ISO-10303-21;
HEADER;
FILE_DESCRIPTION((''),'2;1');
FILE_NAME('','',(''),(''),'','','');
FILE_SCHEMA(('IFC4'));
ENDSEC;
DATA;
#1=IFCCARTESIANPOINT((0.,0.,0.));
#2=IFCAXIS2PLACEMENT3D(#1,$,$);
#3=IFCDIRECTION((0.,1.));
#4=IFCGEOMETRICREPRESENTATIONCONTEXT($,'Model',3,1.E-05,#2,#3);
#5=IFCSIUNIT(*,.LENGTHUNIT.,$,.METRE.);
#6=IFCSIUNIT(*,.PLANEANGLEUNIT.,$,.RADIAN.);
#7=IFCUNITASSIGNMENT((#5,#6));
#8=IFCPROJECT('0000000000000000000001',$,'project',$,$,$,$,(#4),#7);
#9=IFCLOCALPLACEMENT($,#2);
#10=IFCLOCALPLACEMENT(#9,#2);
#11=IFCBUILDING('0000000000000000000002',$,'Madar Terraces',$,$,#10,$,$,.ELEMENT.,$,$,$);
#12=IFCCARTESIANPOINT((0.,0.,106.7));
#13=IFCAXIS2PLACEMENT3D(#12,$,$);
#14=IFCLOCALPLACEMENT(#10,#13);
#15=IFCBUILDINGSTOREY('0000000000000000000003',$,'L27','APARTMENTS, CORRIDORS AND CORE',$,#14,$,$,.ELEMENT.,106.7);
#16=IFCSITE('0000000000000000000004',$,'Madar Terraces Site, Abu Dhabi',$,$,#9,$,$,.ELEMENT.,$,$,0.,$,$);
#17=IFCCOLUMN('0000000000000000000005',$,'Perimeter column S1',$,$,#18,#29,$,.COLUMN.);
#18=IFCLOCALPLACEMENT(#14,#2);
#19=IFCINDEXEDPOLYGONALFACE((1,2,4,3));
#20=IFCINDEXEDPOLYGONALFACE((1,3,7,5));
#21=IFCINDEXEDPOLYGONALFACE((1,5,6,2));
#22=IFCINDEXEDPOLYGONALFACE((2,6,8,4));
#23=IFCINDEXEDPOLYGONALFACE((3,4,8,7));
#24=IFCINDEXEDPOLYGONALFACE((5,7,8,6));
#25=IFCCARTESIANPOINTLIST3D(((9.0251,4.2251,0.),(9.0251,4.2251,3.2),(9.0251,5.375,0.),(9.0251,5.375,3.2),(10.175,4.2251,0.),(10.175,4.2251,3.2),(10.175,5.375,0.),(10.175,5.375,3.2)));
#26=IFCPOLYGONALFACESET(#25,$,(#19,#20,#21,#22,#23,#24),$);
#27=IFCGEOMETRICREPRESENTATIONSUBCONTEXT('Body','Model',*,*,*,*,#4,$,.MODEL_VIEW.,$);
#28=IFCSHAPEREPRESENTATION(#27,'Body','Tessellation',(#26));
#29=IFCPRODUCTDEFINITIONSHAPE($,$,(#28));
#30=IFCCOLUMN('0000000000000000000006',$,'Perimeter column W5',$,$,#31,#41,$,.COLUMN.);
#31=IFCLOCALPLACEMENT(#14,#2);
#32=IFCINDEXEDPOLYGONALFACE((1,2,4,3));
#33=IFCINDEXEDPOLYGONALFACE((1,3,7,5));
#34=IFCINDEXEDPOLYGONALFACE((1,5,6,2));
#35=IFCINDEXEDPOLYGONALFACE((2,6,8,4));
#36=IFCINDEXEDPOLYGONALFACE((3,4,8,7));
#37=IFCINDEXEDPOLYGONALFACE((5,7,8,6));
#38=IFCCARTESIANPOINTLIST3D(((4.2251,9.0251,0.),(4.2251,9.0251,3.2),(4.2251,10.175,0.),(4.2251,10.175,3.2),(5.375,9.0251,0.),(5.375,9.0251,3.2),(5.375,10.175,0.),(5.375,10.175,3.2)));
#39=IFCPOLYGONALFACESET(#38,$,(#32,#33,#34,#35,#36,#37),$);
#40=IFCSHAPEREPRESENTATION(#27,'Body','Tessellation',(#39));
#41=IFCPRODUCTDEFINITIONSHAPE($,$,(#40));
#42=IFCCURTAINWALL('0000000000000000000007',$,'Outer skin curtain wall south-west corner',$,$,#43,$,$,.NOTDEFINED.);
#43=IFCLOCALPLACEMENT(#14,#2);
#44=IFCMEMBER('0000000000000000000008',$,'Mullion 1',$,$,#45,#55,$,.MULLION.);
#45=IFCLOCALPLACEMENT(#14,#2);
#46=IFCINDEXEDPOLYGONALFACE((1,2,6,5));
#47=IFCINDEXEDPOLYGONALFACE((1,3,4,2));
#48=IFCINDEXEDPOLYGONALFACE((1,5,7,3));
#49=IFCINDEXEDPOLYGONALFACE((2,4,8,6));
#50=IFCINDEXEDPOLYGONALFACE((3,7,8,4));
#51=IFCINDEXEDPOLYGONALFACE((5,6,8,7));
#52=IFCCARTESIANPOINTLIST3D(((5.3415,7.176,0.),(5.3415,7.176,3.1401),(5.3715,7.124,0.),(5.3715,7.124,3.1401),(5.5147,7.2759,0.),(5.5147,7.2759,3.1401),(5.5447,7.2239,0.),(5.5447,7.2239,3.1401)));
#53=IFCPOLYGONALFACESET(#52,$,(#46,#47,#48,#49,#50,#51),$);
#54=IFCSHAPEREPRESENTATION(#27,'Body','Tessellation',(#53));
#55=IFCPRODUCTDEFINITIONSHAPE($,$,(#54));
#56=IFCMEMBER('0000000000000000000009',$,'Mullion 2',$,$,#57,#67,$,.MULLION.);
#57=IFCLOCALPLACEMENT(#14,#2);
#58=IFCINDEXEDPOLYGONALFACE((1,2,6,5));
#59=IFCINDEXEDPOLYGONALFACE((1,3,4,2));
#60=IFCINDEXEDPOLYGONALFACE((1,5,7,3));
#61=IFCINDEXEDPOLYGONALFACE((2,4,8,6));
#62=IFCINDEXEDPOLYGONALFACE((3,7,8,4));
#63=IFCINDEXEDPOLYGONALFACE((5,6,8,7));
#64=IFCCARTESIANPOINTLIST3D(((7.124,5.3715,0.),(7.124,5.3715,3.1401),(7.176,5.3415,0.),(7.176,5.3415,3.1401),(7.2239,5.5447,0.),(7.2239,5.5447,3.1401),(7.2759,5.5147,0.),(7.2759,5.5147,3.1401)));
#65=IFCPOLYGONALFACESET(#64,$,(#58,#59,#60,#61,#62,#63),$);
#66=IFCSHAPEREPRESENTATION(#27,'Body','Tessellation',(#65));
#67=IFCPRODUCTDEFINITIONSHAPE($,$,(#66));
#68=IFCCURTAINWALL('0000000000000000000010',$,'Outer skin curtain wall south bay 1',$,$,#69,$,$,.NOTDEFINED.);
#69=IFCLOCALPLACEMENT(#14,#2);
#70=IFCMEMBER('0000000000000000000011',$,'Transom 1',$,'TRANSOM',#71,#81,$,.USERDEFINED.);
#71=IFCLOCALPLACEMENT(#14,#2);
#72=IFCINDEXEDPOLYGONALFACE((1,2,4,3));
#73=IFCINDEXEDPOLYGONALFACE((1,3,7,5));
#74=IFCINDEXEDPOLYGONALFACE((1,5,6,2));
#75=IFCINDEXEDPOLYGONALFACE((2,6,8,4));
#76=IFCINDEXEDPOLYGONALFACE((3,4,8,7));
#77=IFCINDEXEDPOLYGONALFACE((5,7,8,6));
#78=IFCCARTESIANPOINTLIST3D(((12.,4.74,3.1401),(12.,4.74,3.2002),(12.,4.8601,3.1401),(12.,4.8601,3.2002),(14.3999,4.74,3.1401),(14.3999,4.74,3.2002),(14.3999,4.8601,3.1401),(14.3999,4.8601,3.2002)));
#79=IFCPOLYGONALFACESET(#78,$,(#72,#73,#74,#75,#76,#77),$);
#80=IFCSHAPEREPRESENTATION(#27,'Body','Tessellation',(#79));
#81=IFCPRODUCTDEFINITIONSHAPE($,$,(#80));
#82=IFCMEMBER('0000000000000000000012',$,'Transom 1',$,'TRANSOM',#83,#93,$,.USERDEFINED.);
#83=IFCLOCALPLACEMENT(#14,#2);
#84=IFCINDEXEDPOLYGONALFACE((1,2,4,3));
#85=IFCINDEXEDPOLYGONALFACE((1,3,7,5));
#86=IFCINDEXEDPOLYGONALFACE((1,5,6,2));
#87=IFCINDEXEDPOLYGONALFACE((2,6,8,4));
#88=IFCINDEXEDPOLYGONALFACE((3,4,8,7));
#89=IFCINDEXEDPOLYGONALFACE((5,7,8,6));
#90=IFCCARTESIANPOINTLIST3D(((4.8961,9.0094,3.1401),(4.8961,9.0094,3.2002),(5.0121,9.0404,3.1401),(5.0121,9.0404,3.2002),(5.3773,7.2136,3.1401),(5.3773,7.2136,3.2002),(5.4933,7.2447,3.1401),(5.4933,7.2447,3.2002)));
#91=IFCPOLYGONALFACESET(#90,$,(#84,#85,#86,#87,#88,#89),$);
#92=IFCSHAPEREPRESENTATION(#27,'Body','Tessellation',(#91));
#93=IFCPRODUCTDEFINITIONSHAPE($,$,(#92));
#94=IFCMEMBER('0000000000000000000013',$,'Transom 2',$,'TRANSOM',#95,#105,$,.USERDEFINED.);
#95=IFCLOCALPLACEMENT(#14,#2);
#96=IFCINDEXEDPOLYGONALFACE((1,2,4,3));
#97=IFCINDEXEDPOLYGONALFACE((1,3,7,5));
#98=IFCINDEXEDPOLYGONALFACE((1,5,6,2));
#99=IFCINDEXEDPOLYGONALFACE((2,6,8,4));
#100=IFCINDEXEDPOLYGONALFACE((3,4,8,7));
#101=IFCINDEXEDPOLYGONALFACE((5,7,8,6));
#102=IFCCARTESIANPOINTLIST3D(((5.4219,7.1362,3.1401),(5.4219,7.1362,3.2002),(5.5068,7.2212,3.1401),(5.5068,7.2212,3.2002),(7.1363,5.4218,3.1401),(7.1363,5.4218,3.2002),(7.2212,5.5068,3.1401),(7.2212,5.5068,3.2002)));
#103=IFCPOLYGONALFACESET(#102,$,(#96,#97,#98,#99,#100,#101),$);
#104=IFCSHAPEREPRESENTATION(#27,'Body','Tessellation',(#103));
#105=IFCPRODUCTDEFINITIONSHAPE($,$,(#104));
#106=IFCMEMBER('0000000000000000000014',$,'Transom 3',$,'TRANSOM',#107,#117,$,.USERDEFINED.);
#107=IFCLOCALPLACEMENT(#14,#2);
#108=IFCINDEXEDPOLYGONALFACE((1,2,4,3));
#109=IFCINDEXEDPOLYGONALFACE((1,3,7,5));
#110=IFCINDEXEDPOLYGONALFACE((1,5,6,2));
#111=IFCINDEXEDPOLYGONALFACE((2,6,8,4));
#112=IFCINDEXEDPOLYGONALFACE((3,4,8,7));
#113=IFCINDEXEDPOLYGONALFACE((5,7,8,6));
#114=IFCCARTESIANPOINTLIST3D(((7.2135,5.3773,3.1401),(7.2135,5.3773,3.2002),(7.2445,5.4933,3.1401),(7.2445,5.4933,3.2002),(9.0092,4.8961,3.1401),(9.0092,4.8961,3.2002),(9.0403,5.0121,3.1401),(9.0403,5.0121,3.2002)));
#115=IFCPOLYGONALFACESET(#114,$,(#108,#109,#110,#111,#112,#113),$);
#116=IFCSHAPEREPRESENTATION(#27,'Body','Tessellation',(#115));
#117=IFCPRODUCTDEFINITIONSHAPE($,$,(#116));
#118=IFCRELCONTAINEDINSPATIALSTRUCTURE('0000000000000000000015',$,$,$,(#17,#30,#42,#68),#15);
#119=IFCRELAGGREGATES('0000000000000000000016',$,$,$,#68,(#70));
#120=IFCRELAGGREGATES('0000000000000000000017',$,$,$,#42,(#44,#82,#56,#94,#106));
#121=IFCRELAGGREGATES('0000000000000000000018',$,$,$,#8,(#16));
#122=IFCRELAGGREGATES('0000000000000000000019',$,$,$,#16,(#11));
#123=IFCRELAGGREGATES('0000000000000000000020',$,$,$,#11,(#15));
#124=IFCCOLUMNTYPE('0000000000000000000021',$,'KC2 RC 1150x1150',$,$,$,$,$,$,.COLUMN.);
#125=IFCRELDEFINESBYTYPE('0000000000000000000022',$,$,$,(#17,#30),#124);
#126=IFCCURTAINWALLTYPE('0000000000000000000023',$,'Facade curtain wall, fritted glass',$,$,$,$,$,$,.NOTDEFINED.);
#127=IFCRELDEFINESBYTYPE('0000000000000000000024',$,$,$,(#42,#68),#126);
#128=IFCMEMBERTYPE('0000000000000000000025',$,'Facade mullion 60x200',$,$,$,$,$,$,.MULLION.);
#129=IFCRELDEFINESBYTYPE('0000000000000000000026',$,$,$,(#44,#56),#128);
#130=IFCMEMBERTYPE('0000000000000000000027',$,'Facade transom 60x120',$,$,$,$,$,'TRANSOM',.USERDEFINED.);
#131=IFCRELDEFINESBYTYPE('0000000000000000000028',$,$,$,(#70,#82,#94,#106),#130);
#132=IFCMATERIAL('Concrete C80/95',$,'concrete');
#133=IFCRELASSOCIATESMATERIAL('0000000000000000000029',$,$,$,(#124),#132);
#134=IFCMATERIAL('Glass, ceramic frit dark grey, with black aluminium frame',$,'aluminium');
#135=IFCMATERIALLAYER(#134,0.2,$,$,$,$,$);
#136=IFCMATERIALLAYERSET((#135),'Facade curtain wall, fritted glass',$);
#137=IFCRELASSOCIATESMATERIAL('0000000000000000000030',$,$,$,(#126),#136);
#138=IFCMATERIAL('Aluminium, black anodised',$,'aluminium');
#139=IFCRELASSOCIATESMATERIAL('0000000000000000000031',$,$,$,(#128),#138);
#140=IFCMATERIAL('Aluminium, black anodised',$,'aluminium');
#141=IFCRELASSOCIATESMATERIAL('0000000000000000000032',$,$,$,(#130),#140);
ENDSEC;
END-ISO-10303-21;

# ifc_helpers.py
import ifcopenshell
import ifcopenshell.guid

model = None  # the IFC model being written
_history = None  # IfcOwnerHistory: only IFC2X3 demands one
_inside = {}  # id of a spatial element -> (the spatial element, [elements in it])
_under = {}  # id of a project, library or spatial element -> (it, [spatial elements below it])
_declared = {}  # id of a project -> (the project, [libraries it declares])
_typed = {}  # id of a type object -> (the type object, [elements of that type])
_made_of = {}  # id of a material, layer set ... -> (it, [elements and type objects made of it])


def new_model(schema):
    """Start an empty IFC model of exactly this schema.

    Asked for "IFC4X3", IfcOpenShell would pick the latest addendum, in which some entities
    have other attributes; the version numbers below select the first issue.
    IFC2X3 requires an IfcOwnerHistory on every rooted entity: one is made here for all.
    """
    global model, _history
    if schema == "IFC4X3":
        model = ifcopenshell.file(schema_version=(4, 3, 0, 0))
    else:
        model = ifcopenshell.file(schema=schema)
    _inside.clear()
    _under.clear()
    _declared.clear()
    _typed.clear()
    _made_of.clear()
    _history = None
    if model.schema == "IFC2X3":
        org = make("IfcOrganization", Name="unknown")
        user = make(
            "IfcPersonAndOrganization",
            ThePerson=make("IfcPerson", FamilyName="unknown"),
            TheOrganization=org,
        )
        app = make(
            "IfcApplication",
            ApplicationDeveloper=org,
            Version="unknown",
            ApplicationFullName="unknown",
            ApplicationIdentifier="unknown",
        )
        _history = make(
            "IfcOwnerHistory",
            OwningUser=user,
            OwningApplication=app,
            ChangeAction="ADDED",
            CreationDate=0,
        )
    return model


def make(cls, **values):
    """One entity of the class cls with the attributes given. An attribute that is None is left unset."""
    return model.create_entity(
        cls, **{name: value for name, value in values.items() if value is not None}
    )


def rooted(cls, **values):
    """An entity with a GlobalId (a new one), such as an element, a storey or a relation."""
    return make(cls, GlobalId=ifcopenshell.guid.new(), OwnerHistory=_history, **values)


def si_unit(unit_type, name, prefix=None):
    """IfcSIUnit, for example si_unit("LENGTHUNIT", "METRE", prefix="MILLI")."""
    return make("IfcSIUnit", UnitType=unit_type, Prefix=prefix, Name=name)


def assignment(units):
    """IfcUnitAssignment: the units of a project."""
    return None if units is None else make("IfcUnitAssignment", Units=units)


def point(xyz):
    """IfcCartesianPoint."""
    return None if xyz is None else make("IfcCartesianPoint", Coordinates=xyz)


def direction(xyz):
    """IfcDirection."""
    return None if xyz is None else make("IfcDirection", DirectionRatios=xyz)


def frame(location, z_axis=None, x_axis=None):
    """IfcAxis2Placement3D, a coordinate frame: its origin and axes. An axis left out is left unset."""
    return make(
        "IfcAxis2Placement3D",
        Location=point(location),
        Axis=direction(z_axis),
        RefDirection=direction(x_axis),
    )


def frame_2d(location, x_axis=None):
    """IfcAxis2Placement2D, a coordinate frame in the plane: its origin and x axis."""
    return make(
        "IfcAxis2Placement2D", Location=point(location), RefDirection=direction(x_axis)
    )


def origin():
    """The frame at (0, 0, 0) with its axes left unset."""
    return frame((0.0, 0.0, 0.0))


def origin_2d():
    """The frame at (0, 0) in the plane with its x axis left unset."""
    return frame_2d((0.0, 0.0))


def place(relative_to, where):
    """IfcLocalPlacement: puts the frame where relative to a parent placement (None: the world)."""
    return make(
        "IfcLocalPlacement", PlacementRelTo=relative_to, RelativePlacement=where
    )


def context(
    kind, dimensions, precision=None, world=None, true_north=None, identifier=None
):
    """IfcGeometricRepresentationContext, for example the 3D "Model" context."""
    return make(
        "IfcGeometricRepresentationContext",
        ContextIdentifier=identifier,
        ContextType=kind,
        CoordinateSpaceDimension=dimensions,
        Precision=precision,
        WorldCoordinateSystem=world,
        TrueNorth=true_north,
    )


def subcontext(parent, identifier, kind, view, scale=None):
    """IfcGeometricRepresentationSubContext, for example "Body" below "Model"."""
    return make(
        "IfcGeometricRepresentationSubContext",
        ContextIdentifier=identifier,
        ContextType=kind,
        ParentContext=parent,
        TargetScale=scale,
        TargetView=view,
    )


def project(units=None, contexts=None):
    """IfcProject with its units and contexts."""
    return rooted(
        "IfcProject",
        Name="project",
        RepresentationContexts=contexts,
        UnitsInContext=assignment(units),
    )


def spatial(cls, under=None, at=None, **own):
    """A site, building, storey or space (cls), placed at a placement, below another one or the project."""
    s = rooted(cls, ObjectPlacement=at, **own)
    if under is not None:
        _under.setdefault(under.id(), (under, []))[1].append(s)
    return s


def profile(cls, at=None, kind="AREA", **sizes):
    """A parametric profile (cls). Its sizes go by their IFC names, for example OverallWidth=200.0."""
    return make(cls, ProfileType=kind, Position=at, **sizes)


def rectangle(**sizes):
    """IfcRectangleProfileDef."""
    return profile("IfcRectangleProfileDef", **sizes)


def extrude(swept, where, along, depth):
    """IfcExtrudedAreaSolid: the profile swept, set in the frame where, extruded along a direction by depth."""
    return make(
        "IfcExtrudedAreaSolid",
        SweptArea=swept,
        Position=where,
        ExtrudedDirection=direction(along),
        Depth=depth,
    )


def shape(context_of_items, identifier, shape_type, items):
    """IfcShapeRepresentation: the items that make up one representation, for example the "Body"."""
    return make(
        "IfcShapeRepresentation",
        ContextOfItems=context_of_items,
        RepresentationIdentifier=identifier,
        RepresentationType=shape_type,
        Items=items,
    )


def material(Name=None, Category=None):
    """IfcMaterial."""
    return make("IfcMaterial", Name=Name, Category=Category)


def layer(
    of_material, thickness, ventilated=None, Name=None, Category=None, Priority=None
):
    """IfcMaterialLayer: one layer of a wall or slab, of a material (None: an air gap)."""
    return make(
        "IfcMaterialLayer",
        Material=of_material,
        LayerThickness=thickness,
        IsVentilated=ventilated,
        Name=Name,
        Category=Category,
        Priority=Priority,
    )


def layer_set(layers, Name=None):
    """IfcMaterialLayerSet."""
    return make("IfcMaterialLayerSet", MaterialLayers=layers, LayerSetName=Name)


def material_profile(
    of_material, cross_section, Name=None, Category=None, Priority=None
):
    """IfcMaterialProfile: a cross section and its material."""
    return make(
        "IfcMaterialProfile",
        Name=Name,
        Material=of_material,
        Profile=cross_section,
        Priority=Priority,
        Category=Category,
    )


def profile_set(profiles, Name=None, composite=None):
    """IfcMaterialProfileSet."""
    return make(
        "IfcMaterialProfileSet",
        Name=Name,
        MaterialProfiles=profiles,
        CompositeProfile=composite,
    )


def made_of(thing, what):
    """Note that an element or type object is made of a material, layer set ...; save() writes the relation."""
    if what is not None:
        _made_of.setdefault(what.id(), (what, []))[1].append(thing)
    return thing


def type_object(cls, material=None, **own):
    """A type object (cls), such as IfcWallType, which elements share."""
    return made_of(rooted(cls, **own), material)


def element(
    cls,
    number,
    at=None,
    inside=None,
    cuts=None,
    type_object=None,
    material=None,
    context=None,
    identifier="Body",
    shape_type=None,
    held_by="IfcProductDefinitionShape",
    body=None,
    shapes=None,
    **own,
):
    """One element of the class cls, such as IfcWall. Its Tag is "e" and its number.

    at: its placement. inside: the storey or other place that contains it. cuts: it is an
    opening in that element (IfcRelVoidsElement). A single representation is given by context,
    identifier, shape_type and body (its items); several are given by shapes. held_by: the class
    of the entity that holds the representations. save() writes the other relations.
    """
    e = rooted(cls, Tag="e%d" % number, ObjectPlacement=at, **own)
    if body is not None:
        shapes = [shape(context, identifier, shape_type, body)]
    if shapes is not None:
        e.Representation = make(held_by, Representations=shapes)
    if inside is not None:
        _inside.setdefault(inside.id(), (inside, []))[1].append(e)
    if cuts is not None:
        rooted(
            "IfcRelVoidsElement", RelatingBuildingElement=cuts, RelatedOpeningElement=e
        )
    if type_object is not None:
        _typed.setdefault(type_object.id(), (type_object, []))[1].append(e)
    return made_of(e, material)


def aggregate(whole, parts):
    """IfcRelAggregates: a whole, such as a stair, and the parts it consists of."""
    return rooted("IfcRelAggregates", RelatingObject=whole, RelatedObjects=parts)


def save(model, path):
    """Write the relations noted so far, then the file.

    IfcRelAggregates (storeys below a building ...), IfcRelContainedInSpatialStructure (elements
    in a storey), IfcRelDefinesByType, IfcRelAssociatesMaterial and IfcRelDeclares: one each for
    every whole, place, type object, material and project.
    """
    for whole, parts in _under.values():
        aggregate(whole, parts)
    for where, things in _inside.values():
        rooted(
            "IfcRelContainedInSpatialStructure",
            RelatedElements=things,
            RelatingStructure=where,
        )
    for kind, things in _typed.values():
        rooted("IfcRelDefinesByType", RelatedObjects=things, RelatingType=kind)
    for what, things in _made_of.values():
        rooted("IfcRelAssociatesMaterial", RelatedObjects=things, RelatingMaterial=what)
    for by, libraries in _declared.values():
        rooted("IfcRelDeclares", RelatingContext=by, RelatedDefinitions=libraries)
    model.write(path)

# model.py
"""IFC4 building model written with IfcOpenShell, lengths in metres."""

from ifc_helpers import new_model, si_unit, direction, frame, origin, origin_2d, place, context, subcontext, project, spatial, rectangle, extrude, material, layer, layer_set, material_profile, profile_set, type_object, element, aggregate, save


model = new_model("IFC4")

# Units and contexts
model_context = context("Model", 3, precision=1e-05, world=origin(), true_north=direction((0.0, 1.0)))
body_context = subcontext(model_context, "Body", "Model", "MODEL_VIEW")
ifc_project = project(units=[si_unit("LENGTHUNIT", "METRE"), si_unit("PLANEANGLEUNIT", "RADIAN")], contexts=[model_context])

# Site, building, storey
site_placement = place(None, origin())
site = spatial("IfcSite", under=ifc_project, at=site_placement, Name="Madar Terraces Site, Abu Dhabi", CompositionType="ELEMENT", RefElevation=0.0)
building_placement = place(site_placement, origin())
building = spatial("IfcBuilding", under=site, at=building_placement, Name="Madar Terraces", CompositionType="ELEMENT")
storey_placement = place(building_placement, frame((0.0, 0.0, 106.7)))
storey = spatial("IfcBuildingStorey", under=building, at=storey_placement, Name="L27", Description="APARTMENTS, CORRIDORS AND CORE", CompositionType="ELEMENT", Elevation=106.7)

# Columns
ifc_material_1 = material(Name="Concrete C80/95", Category="concrete")
ifc_material_profile_1 = material_profile(ifc_material_1, rectangle(XDim=1.1499, YDim=1.1499, at=origin_2d()), Name="KC2 RC 1150x1150")
ifc_profile_set_1 = profile_set([ifc_material_profile_1], Name="Concrete C80/95")
column_type = type_object("IfcColumnType", Name="KC2 RC 1150x1150", PredefinedType="COLUMN", material=ifc_profile_set_1)
for number, where, z_axis, x_axis, name in (
    (1, (9.6001, 4.8, 0.0), (0.0, 0.0, 1.0), (1.0, 0.0, 0.0), "Perimeter column S1"),
    (2, (4.8, 9.6001, 0.0), (0.0, 0.0, 1.0), (1.0, 0.0, 0.0), "Perimeter column W5"),
):
    element("IfcColumn", number, at=place(storey_placement, frame(where, z_axis=z_axis, x_axis=x_axis)), inside=storey, type_object=column_type, Name=name, PredefinedType="COLUMN", context=body_context, shape_type="SweptSolid", body=[
        extrude(rectangle(XDim=1.1499, YDim=1.1499, at=origin_2d()), origin(), (0.0, 0.0, 1.0), 3.2),
    ])

# Curtain wall, members
ifc_material_2 = material(Name="Glass, ceramic frit dark grey, with black aluminium frame", Category="aluminium")
ifc_layer_1 = layer(ifc_material_2, 0.2)
ifc_layer_set_1 = layer_set([ifc_layer_1], Name="Facade curtain wall, fritted glass")
curtain_wall_type = type_object("IfcCurtainWallType", Name="Facade curtain wall, fritted glass", PredefinedType="NOTDEFINED", material=ifc_layer_set_1)
curtain_wall_1_placement = place(storey_placement, origin())
curtain_wall_1 = element("IfcCurtainWall", 3, at=curtain_wall_1_placement, inside=storey, type_object=curtain_wall_type, Name="Outer skin curtain wall south-west corner", PredefinedType="NOTDEFINED")
ifc_material_3 = material(Name="Aluminium, black anodised", Category="aluminium")
ifc_material_profile_2 = material_profile(ifc_material_3, rectangle(XDim=0.2, YDim=0.0601, at=origin_2d()), Name="Facade mullion 60x200")
ifc_profile_set_2 = profile_set([ifc_material_profile_2], Name="Aluminium, black anodised")
member_type_1 = type_object("IfcMemberType", Name="Facade mullion 60x200", PredefinedType="MULLION", material=ifc_profile_set_2)
member_1_placement = place(storey_placement, frame((5.4431, 7.2, 0.0), z_axis=(0.0, 0.0, 1.0), x_axis=(0.866025, 0.5, 0.0)))
member_1 = element("IfcMember", 4, at=member_1_placement, type_object=member_type_1, Name="Mullion 1", PredefinedType="MULLION", context=body_context, shape_type="SweptSolid", body=[
    extrude(rectangle(XDim=0.2, YDim=0.0601, at=origin_2d()), origin(), (0.0, 0.0, 1.0), 3.1401),
])
member_2_placement = place(storey_placement, frame((7.2, 5.4431, 0.0), z_axis=(0.0, 0.0, 1.0), x_axis=(0.5, 0.866025, 0.0)))
member_2 = element("IfcMember", 5, at=member_2_placement, type_object=member_type_1, Name="Mullion 2", PredefinedType="MULLION", context=body_context, shape_type="SweptSolid", body=[
    extrude(rectangle(XDim=0.2, YDim=0.0601, at=origin_2d()), origin(), (0.0, 0.0, 1.0), 3.1401),
])

# Curtain wall, member
curtain_wall_2_placement = place(storey_placement, origin())
curtain_wall_2 = element("IfcCurtainWall", 6, at=curtain_wall_2_placement, inside=storey, type_object=curtain_wall_type, Name="Outer skin curtain wall south bay 1", PredefinedType="NOTDEFINED")
ifc_material_4 = material(Name="Aluminium, black anodised", Category="aluminium")
ifc_material_profile_3 = material_profile(ifc_material_4, rectangle(XDim=0.1201, YDim=0.0601, at=origin_2d()), Name="Facade transom 60x120")
ifc_profile_set_3 = profile_set([ifc_material_profile_3], Name="Aluminium, black anodised")
member_type_2 = type_object("IfcMemberType", Name="Facade transom 60x120", ElementType="TRANSOM", PredefinedType="USERDEFINED", material=ifc_profile_set_3)
member_3_placement = place(storey_placement, frame((12.0, 4.8, 3.1702), z_axis=(1.0, 0.0, 0.0), x_axis=(0.0, 1.0, 0.0)))
member_3 = element("IfcMember", 7, at=member_3_placement, type_object=member_type_2, Name="Transom 1", ObjectType="TRANSOM", PredefinedType="USERDEFINED", context=body_context, shape_type="SweptSolid", body=[
    extrude(rectangle(XDim=0.1201, YDim=0.0601, at=origin_2d()), origin(), (0.0, 0.0, 1.0), 2.3999),
])

# Members
member_4_placement = place(storey_placement, frame((4.9541, 9.0249, 3.1702), z_axis=(0.258815, -0.965927, 0.0), x_axis=(0.965927, 0.258815, 0.0)))
member_4 = element("IfcMember", 8, at=member_4_placement, type_object=member_type_2, Name="Transom 1", ObjectType="TRANSOM", PredefinedType="USERDEFINED", context=body_context, shape_type="SweptSolid", body=[
    extrude(rectangle(XDim=0.1201, YDim=0.0601, at=origin_2d()), origin(), (0.0, 0.0, 1.0), 1.8591),
])
member_5_placement = place(storey_placement, frame((5.4644, 7.1787, 3.1702), z_axis=(0.707107, -0.707107, 0.0), x_axis=(0.707107, 0.707107, 0.0)))
member_5 = element("IfcMember", 9, at=member_5_placement, type_object=member_type_2, Name="Transom 2", ObjectType="TRANSOM", PredefinedType="USERDEFINED", context=body_context, shape_type="SweptSolid", body=[
    extrude(rectangle(XDim=0.1201, YDim=0.0601, at=origin_2d()), origin(), (0.0, 0.0, 1.0), 2.4246),
])
member_6_placement = place(storey_placement, frame((7.229, 5.4353, 3.1702), z_axis=(0.965927, -0.258815, 0.0), x_axis=(0.258815, 0.965927, 0.0)))
member_6 = element("IfcMember", 10, at=member_6_placement, type_object=member_type_2, Name="Transom 3", ObjectType="TRANSOM", PredefinedType="USERDEFINED", context=body_context, shape_type="SweptSolid", body=[
    extrude(rectangle(XDim=0.1201, YDim=0.0601, at=origin_2d()), origin(), (0.0, 0.0, 1.0), 1.8591),
])

aggregate(curtain_wall_2, [member_3])
aggregate(curtain_wall_1, [member_1, member_4, member_2, member_5, member_6])

save(model, "model.ifc")
